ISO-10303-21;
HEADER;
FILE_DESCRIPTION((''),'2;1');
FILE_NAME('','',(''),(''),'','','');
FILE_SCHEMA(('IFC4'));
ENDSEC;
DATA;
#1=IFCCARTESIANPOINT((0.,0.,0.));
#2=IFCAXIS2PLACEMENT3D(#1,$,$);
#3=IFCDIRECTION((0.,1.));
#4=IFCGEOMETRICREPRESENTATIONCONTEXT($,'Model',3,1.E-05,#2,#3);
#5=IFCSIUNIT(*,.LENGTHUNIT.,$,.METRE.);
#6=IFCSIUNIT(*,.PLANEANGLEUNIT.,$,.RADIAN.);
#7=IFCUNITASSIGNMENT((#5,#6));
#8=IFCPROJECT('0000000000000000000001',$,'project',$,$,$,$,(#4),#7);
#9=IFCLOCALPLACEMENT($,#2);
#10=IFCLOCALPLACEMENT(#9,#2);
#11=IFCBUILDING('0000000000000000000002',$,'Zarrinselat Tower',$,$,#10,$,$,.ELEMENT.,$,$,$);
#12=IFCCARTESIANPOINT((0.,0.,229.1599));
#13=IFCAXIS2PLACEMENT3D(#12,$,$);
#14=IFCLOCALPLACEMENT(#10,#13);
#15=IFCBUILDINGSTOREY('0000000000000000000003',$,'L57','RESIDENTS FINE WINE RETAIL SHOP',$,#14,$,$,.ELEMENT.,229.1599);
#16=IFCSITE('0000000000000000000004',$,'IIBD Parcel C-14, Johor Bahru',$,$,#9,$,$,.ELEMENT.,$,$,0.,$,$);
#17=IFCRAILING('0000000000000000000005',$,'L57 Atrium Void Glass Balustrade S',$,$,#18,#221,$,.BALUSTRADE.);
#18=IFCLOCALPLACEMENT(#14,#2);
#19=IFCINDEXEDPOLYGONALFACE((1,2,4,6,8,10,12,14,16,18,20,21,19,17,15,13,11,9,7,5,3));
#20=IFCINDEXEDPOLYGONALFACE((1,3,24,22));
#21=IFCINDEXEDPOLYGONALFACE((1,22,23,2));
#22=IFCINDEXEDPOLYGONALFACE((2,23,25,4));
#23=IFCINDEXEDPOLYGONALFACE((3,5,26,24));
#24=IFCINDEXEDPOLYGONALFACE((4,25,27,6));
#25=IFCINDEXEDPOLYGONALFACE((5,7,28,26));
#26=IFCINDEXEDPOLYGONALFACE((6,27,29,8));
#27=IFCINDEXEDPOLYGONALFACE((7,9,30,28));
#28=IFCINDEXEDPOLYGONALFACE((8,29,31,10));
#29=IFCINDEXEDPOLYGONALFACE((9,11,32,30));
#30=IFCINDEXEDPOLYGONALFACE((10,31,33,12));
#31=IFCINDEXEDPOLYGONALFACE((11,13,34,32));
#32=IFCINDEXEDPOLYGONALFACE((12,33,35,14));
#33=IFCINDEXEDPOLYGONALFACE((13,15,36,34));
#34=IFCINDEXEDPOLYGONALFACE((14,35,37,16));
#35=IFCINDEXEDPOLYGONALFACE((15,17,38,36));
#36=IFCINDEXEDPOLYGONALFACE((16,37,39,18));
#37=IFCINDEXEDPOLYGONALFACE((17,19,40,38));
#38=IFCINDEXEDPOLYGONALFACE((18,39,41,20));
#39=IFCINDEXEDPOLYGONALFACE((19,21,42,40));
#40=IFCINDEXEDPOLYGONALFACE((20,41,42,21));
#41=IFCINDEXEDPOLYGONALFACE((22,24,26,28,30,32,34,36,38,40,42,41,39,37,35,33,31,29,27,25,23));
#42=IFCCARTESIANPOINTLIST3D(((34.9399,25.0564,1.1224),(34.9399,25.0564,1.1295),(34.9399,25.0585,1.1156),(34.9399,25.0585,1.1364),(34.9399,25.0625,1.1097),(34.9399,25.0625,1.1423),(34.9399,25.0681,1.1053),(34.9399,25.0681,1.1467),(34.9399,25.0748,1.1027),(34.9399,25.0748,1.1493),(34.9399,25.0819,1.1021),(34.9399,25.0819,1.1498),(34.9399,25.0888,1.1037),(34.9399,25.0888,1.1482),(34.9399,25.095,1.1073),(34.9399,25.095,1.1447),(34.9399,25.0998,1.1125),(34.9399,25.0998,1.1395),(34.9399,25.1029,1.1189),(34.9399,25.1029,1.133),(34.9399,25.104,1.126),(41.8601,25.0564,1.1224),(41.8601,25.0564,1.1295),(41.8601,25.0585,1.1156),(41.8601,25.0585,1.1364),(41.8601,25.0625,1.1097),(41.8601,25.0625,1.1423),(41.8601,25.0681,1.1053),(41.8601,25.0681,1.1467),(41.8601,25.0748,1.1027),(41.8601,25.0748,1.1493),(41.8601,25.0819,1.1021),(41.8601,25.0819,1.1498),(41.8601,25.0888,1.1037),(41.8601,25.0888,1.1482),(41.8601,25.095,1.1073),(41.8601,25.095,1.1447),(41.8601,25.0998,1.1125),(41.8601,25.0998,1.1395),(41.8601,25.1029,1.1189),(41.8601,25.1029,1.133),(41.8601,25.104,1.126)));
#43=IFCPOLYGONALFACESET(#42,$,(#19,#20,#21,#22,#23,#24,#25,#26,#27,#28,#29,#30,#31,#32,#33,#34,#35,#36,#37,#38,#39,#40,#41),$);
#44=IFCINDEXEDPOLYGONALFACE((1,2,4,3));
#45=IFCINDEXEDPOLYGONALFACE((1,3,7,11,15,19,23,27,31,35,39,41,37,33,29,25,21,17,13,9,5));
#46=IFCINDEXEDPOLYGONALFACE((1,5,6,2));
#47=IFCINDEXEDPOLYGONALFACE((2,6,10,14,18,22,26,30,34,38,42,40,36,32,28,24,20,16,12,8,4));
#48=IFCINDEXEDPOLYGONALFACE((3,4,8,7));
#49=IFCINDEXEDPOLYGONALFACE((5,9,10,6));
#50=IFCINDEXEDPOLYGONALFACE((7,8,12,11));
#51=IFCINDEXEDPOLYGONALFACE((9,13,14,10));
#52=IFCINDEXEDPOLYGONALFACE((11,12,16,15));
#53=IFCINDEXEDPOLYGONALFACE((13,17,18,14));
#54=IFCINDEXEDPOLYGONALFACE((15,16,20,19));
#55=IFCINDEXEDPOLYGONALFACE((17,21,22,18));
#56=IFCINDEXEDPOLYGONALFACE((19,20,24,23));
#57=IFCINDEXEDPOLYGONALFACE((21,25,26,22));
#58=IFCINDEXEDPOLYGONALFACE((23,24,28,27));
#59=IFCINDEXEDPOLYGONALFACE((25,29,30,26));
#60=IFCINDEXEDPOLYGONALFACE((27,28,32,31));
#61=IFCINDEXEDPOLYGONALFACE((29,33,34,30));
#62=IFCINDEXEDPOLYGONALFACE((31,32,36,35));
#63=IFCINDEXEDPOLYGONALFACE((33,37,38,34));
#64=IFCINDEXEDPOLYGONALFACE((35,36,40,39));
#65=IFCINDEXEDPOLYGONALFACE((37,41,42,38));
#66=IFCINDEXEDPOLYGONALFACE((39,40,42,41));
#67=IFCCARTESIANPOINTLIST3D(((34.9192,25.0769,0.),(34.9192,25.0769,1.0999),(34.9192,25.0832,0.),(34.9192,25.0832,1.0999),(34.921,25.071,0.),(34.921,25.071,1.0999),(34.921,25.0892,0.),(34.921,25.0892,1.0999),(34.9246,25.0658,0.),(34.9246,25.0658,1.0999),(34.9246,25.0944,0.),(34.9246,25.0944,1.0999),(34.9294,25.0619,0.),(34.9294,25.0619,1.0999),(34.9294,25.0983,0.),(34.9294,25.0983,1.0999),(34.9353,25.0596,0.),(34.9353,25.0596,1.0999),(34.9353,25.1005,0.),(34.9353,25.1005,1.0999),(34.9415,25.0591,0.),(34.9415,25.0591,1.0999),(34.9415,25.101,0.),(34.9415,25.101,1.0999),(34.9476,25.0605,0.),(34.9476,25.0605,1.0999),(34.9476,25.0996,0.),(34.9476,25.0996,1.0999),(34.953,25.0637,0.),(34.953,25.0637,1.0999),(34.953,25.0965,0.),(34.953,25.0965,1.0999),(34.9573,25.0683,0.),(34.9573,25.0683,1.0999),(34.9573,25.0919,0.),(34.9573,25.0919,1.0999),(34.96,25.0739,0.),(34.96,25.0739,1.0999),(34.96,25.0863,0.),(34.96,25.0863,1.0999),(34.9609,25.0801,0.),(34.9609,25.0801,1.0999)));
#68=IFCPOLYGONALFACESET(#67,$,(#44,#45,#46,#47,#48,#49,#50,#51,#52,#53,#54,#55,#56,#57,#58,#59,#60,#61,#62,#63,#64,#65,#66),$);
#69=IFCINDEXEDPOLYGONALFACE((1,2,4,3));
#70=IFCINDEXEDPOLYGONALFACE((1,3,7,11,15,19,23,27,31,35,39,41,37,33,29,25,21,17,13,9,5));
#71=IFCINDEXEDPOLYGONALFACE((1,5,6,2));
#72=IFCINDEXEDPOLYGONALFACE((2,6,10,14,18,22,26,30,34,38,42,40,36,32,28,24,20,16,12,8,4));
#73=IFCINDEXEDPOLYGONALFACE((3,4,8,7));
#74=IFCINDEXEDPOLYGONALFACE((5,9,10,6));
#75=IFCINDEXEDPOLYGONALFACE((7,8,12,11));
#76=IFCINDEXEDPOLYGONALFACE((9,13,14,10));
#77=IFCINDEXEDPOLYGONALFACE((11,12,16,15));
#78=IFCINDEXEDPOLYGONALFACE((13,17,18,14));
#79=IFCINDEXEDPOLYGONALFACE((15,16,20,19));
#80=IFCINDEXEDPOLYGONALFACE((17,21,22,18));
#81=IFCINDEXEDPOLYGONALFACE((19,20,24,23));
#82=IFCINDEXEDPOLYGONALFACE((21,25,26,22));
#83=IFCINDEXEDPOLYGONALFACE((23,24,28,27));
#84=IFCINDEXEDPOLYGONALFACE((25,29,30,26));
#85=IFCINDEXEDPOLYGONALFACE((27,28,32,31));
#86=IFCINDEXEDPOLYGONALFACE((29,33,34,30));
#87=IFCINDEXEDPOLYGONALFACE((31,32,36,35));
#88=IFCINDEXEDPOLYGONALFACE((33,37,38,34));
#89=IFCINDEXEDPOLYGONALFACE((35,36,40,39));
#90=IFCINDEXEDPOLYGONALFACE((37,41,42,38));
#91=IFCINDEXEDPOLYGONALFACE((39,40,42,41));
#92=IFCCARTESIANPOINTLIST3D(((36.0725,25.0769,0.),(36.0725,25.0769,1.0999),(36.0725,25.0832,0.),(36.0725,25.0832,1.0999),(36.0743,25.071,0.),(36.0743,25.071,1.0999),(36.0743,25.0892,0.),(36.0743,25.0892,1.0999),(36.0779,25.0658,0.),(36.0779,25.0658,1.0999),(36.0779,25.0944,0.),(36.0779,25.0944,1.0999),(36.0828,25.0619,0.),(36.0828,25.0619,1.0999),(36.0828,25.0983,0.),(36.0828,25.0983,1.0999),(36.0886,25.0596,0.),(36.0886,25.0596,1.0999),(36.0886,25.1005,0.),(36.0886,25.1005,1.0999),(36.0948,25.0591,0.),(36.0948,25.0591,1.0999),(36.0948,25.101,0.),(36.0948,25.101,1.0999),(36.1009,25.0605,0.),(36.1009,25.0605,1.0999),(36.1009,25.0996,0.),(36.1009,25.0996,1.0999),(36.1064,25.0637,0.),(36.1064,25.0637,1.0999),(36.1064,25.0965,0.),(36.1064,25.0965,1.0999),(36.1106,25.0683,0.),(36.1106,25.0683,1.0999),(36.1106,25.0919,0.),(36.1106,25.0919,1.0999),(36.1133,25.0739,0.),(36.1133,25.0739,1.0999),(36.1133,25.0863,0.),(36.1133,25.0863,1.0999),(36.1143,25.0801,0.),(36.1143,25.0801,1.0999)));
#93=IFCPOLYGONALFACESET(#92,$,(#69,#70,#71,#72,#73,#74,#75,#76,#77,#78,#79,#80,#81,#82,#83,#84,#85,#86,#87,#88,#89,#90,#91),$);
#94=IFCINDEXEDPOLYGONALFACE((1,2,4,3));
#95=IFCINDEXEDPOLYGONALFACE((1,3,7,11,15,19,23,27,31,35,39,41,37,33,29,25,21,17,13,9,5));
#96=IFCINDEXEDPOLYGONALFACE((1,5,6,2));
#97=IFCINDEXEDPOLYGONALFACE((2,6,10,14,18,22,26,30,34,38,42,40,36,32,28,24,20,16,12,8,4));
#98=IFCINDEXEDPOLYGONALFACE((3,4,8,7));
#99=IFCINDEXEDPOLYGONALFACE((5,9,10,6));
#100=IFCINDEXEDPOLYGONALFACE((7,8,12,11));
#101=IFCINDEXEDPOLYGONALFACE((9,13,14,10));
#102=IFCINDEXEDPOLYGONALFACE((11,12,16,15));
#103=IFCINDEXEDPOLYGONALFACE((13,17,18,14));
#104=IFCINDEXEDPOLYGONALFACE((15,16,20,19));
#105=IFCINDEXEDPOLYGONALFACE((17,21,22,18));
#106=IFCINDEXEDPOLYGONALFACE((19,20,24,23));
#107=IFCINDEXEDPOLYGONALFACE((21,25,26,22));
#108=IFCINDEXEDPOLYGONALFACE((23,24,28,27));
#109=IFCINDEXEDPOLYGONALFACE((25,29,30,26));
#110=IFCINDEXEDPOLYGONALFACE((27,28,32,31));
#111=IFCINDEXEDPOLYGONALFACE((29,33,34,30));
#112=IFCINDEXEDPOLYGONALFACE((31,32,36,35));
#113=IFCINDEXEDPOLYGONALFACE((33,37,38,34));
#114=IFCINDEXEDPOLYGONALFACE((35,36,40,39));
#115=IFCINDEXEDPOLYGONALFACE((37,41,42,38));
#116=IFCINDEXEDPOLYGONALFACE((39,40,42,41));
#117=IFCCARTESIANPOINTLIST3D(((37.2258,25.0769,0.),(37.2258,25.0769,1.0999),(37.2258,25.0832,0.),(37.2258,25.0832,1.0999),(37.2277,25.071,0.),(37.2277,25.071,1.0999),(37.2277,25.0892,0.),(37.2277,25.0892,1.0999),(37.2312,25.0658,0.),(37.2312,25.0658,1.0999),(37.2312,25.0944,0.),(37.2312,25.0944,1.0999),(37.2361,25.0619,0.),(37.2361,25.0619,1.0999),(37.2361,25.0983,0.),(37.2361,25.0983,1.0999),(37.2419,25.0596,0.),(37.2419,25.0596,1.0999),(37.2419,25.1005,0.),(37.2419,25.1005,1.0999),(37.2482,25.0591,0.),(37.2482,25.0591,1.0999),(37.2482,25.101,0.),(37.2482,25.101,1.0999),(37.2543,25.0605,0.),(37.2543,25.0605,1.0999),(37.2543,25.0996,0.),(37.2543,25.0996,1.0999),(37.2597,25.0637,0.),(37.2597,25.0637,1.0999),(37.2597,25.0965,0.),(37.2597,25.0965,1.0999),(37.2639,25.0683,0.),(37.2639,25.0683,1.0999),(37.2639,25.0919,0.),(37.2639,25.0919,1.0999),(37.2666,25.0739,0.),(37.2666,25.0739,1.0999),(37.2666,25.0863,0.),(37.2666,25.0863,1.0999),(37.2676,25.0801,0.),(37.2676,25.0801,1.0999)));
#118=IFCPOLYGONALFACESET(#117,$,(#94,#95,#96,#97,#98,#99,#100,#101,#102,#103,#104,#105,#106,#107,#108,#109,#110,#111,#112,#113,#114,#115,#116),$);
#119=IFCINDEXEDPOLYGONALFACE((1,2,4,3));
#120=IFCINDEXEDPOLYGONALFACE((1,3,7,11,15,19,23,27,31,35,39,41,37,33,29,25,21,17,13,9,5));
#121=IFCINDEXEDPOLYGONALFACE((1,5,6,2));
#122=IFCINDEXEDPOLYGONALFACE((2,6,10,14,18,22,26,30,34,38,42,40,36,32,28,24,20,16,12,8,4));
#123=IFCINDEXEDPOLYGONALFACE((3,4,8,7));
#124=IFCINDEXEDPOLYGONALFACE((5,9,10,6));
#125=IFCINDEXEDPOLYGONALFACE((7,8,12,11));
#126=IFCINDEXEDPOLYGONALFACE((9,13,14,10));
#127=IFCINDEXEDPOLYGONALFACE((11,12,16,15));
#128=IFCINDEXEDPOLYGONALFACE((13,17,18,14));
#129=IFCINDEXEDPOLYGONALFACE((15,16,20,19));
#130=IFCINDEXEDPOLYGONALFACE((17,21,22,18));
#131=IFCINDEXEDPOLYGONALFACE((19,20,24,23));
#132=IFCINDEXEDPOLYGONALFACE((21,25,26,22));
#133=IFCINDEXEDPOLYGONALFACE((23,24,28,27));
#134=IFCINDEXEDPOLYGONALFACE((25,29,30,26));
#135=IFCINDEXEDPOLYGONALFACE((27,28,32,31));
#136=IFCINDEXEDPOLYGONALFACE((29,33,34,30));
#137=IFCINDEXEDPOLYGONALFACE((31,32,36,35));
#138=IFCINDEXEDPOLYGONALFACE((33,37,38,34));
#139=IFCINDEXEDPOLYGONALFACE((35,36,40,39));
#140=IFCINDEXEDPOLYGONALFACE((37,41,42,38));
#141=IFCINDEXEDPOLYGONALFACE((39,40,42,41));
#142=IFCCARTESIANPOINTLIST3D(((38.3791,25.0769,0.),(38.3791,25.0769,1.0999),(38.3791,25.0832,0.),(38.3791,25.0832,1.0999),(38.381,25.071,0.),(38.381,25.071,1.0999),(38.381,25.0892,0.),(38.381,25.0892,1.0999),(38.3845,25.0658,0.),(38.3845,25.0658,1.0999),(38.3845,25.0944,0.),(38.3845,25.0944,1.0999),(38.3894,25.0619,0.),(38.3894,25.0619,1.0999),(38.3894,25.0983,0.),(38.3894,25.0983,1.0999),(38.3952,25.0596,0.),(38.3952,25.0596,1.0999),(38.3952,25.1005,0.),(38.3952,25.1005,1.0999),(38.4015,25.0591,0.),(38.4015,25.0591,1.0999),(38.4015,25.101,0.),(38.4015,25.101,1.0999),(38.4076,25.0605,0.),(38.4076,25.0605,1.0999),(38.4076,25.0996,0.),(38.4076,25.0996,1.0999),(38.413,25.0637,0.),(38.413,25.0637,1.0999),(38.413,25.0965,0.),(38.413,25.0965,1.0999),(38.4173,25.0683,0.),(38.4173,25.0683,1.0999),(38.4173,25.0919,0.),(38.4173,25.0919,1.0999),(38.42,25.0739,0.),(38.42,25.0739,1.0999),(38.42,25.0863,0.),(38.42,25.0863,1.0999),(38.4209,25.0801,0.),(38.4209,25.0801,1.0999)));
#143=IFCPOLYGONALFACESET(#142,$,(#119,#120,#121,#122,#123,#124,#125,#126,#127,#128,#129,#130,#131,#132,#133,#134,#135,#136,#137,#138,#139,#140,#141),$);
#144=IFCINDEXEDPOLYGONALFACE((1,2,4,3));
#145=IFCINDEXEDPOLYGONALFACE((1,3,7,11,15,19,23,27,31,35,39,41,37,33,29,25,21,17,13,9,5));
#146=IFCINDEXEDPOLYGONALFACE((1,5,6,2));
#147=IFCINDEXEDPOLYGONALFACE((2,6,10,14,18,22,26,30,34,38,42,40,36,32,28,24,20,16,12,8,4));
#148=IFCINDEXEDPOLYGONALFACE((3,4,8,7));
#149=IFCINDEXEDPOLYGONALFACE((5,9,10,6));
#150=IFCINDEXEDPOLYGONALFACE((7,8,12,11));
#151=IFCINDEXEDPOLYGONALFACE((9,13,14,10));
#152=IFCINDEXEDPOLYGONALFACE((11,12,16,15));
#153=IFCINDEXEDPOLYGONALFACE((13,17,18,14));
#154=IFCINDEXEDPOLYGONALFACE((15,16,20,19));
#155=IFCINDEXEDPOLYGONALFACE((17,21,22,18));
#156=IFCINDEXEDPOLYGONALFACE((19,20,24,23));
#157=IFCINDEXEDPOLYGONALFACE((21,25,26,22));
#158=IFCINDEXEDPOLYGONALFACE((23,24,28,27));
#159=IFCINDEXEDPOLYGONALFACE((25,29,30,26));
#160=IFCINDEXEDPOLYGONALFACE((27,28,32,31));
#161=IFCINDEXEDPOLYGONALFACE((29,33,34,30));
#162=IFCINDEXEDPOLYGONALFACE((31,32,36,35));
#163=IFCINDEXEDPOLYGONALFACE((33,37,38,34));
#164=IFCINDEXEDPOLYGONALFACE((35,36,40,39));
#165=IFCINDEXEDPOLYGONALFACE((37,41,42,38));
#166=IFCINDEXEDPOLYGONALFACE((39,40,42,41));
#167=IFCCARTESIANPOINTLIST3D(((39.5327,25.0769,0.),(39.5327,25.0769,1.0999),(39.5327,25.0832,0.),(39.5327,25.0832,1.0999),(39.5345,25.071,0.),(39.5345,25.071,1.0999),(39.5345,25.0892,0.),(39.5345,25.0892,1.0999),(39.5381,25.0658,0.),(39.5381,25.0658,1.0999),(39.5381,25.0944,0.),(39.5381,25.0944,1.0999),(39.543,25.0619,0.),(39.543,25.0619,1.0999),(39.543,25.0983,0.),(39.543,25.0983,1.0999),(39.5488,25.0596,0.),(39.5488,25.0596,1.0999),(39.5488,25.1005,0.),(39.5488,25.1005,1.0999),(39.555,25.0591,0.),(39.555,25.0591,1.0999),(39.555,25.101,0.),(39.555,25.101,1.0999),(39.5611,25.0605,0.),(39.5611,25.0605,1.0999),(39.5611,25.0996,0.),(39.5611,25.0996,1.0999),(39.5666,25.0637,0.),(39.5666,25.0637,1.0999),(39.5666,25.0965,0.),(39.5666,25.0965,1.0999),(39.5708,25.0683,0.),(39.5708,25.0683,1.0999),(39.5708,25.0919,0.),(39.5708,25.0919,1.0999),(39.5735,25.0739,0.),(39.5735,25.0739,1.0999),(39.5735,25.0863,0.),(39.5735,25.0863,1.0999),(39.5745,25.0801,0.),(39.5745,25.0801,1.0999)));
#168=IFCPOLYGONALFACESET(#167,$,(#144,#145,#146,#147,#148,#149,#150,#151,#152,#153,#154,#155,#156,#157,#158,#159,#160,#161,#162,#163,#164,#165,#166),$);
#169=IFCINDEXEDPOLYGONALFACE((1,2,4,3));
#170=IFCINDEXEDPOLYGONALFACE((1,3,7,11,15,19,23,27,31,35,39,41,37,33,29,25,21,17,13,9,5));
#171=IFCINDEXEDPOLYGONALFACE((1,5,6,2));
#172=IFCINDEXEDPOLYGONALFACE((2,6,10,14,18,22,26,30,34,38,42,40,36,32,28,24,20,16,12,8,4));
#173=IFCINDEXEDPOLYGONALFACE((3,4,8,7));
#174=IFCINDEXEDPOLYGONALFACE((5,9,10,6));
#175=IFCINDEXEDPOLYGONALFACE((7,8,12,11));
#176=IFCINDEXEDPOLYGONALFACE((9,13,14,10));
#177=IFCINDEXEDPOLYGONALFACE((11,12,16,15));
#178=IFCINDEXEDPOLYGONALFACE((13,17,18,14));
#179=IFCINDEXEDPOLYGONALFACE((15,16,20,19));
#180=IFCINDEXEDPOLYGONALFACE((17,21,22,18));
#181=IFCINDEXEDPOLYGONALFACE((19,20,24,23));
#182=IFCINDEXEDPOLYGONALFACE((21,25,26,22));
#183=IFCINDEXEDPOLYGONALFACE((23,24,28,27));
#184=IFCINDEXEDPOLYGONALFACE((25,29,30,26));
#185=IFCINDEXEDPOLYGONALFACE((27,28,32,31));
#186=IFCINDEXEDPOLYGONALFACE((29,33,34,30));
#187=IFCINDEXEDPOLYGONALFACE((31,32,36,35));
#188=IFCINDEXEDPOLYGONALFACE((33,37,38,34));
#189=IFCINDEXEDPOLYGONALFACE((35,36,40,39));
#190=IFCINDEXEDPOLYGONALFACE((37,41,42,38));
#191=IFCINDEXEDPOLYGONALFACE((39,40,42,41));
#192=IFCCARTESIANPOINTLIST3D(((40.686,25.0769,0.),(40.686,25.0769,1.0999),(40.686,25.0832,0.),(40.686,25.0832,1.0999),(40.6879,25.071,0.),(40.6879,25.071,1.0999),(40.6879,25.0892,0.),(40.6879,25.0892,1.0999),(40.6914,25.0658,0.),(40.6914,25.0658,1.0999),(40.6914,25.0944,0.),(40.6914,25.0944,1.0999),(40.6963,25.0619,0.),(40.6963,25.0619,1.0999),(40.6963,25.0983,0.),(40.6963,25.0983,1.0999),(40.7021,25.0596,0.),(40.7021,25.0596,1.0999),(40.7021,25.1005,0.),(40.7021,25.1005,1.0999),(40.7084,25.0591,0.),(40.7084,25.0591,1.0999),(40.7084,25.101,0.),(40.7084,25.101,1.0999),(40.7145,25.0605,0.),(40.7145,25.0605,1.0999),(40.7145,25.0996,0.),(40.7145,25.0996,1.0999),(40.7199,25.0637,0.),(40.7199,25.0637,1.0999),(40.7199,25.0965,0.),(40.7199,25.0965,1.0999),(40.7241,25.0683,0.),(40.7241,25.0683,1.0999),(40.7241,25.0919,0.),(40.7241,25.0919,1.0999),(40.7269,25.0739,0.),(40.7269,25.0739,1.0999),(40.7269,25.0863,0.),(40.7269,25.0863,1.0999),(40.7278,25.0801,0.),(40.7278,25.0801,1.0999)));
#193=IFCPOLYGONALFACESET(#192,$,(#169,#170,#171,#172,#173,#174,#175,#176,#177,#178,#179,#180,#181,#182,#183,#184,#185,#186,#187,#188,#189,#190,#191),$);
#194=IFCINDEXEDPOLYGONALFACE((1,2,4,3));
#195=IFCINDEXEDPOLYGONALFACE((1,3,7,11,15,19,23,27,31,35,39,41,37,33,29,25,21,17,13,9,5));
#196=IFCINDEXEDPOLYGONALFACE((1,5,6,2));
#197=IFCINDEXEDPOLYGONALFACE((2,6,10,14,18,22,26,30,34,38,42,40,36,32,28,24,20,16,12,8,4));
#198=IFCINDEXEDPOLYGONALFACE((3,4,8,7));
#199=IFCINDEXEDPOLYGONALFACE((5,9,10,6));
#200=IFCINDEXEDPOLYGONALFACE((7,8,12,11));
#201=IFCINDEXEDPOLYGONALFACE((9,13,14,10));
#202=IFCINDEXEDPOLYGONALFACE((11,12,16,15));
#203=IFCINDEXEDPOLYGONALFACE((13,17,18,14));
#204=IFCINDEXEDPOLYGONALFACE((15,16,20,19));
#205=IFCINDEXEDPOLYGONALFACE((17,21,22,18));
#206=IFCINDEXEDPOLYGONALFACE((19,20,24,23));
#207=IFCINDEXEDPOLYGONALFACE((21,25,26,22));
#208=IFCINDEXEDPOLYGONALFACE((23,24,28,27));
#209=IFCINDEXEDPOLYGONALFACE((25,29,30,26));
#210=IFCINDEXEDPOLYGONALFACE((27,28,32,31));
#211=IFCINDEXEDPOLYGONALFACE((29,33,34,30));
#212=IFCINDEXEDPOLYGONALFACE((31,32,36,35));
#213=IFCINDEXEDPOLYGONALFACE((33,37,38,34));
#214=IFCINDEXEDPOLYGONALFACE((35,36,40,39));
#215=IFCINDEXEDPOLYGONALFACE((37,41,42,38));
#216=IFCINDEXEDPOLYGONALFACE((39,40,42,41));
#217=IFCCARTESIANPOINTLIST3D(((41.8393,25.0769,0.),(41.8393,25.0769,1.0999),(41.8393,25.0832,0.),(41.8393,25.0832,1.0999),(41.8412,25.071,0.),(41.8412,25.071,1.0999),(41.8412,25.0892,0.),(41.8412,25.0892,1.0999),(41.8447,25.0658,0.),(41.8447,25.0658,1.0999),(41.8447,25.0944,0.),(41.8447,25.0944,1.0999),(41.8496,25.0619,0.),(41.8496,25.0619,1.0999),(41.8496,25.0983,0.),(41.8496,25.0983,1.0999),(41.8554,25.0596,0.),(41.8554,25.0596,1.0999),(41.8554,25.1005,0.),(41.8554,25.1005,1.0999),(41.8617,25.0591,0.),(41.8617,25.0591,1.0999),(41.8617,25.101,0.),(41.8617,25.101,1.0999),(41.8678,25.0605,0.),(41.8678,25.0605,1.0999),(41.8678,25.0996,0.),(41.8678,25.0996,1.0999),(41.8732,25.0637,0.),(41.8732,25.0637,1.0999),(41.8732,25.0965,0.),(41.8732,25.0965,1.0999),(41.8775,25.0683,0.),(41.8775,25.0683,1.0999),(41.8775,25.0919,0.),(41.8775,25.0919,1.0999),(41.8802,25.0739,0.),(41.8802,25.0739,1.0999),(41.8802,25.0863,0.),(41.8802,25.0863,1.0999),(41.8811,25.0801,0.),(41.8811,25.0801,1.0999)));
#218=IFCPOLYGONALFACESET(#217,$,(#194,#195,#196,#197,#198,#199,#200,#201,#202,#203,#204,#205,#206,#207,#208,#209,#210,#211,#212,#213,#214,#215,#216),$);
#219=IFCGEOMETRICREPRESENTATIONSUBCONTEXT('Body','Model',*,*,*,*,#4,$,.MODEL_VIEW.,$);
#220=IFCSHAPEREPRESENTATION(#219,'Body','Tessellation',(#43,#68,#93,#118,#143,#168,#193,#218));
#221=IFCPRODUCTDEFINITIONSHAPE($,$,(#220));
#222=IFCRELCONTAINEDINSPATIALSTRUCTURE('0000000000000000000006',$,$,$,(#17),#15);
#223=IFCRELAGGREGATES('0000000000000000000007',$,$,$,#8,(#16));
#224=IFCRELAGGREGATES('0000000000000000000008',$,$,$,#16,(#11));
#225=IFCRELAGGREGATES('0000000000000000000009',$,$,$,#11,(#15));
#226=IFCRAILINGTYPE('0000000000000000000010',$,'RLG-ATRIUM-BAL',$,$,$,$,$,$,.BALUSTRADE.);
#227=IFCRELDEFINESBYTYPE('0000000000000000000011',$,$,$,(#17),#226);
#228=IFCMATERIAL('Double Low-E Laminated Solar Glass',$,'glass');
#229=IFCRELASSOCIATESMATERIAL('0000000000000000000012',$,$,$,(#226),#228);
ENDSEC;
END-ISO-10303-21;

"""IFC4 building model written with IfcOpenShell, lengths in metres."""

from ifc_helpers import new_model, si_unit, direction, frame, origin, origin_2d, place, context, subcontext, project, spatial, circle, extrude, material, type_object, element, save


model = new_model("IFC4")

# Units and contexts
model_context = context("Model", 3, precision=1e-05, world=origin(), true_north=direction((0.0, 1.0)))
body_context = subcontext(model_context, "Body", "Model", "MODEL_VIEW")
ifc_project = project(units=[si_unit("LENGTHUNIT", "METRE"), si_unit("PLANEANGLEUNIT", "RADIAN")], contexts=[model_context])

# Site, building, storey
site_placement = place(None, origin())
site = spatial("IfcSite", under=ifc_project, at=site_placement, Name="IIBD Parcel C-14, Johor Bahru", CompositionType="ELEMENT", RefElevation=0.0)
building_placement = place(site_placement, origin())
building = spatial("IfcBuilding", under=site, at=building_placement, Name="Zarrinselat Tower", CompositionType="ELEMENT")
storey_placement = place(building_placement, frame((0.0, 0.0, 229.1599)))
storey = spatial("IfcBuildingStorey", under=building, at=storey_placement, Name="L57", Description="RESIDENTS FINE WINE RETAIL SHOP", CompositionType="ELEMENT", Elevation=229.1599)

# Railing
ifc_material_1 = material(Name="Double Low-E Laminated Solar Glass", Category="glass")
railing_type = type_object("IfcRailingType", Name="RLG-ATRIUM-BAL", PredefinedType="BALUSTRADE", material=ifc_material_1)
railing_placement = place(storey_placement, frame((34.9399, 25.0801, 0.0)))
element("IfcRailing", 1, at=railing_placement, inside=storey, type_object=railing_type, Name="L57 Atrium Void Glass Balustrade S", PredefinedType="BALUSTRADE", context=body_context, shape_type="SweptSolid", body=[
    extrude(circle(Radius=0.0239, at=origin_2d()), frame((0.0, 0.0, 1.126), z_axis=(1.0, 0.0, 0.0), x_axis=(0.0, 1.0, 0.0)), (0.0, 0.0, 1.0), 6.9202),
    extrude(circle(Radius=0.021, at=origin_2d()), origin(), (0.0, 0.0, 1.0), 1.0999),
    extrude(circle(Radius=0.021, at=origin_2d()), frame((1.1533, 0.0, 0.0)), (0.0, 0.0, 1.0), 1.0999),
    extrude(circle(Radius=0.021, at=origin_2d()), frame((2.3066, 0.0, 0.0)), (0.0, 0.0, 1.0), 1.0999),
    extrude(circle(Radius=0.021, at=origin_2d()), frame((3.46, 0.0, 0.0)), (0.0, 0.0, 1.0), 1.0999),
    extrude(circle(Radius=0.021, at=origin_2d()), frame((4.6135, 0.0, 0.0)), (0.0, 0.0, 1.0), 1.0999),
    extrude(circle(Radius=0.021, at=origin_2d()), frame((5.7668, 0.0, 0.0)), (0.0, 0.0, 1.0), 1.0999),
    extrude(circle(Radius=0.021, at=origin_2d()), frame((6.9202, 0.0, 0.0)), (0.0, 0.0, 1.0), 1.0999),
])

save(model, "model.ifc")
